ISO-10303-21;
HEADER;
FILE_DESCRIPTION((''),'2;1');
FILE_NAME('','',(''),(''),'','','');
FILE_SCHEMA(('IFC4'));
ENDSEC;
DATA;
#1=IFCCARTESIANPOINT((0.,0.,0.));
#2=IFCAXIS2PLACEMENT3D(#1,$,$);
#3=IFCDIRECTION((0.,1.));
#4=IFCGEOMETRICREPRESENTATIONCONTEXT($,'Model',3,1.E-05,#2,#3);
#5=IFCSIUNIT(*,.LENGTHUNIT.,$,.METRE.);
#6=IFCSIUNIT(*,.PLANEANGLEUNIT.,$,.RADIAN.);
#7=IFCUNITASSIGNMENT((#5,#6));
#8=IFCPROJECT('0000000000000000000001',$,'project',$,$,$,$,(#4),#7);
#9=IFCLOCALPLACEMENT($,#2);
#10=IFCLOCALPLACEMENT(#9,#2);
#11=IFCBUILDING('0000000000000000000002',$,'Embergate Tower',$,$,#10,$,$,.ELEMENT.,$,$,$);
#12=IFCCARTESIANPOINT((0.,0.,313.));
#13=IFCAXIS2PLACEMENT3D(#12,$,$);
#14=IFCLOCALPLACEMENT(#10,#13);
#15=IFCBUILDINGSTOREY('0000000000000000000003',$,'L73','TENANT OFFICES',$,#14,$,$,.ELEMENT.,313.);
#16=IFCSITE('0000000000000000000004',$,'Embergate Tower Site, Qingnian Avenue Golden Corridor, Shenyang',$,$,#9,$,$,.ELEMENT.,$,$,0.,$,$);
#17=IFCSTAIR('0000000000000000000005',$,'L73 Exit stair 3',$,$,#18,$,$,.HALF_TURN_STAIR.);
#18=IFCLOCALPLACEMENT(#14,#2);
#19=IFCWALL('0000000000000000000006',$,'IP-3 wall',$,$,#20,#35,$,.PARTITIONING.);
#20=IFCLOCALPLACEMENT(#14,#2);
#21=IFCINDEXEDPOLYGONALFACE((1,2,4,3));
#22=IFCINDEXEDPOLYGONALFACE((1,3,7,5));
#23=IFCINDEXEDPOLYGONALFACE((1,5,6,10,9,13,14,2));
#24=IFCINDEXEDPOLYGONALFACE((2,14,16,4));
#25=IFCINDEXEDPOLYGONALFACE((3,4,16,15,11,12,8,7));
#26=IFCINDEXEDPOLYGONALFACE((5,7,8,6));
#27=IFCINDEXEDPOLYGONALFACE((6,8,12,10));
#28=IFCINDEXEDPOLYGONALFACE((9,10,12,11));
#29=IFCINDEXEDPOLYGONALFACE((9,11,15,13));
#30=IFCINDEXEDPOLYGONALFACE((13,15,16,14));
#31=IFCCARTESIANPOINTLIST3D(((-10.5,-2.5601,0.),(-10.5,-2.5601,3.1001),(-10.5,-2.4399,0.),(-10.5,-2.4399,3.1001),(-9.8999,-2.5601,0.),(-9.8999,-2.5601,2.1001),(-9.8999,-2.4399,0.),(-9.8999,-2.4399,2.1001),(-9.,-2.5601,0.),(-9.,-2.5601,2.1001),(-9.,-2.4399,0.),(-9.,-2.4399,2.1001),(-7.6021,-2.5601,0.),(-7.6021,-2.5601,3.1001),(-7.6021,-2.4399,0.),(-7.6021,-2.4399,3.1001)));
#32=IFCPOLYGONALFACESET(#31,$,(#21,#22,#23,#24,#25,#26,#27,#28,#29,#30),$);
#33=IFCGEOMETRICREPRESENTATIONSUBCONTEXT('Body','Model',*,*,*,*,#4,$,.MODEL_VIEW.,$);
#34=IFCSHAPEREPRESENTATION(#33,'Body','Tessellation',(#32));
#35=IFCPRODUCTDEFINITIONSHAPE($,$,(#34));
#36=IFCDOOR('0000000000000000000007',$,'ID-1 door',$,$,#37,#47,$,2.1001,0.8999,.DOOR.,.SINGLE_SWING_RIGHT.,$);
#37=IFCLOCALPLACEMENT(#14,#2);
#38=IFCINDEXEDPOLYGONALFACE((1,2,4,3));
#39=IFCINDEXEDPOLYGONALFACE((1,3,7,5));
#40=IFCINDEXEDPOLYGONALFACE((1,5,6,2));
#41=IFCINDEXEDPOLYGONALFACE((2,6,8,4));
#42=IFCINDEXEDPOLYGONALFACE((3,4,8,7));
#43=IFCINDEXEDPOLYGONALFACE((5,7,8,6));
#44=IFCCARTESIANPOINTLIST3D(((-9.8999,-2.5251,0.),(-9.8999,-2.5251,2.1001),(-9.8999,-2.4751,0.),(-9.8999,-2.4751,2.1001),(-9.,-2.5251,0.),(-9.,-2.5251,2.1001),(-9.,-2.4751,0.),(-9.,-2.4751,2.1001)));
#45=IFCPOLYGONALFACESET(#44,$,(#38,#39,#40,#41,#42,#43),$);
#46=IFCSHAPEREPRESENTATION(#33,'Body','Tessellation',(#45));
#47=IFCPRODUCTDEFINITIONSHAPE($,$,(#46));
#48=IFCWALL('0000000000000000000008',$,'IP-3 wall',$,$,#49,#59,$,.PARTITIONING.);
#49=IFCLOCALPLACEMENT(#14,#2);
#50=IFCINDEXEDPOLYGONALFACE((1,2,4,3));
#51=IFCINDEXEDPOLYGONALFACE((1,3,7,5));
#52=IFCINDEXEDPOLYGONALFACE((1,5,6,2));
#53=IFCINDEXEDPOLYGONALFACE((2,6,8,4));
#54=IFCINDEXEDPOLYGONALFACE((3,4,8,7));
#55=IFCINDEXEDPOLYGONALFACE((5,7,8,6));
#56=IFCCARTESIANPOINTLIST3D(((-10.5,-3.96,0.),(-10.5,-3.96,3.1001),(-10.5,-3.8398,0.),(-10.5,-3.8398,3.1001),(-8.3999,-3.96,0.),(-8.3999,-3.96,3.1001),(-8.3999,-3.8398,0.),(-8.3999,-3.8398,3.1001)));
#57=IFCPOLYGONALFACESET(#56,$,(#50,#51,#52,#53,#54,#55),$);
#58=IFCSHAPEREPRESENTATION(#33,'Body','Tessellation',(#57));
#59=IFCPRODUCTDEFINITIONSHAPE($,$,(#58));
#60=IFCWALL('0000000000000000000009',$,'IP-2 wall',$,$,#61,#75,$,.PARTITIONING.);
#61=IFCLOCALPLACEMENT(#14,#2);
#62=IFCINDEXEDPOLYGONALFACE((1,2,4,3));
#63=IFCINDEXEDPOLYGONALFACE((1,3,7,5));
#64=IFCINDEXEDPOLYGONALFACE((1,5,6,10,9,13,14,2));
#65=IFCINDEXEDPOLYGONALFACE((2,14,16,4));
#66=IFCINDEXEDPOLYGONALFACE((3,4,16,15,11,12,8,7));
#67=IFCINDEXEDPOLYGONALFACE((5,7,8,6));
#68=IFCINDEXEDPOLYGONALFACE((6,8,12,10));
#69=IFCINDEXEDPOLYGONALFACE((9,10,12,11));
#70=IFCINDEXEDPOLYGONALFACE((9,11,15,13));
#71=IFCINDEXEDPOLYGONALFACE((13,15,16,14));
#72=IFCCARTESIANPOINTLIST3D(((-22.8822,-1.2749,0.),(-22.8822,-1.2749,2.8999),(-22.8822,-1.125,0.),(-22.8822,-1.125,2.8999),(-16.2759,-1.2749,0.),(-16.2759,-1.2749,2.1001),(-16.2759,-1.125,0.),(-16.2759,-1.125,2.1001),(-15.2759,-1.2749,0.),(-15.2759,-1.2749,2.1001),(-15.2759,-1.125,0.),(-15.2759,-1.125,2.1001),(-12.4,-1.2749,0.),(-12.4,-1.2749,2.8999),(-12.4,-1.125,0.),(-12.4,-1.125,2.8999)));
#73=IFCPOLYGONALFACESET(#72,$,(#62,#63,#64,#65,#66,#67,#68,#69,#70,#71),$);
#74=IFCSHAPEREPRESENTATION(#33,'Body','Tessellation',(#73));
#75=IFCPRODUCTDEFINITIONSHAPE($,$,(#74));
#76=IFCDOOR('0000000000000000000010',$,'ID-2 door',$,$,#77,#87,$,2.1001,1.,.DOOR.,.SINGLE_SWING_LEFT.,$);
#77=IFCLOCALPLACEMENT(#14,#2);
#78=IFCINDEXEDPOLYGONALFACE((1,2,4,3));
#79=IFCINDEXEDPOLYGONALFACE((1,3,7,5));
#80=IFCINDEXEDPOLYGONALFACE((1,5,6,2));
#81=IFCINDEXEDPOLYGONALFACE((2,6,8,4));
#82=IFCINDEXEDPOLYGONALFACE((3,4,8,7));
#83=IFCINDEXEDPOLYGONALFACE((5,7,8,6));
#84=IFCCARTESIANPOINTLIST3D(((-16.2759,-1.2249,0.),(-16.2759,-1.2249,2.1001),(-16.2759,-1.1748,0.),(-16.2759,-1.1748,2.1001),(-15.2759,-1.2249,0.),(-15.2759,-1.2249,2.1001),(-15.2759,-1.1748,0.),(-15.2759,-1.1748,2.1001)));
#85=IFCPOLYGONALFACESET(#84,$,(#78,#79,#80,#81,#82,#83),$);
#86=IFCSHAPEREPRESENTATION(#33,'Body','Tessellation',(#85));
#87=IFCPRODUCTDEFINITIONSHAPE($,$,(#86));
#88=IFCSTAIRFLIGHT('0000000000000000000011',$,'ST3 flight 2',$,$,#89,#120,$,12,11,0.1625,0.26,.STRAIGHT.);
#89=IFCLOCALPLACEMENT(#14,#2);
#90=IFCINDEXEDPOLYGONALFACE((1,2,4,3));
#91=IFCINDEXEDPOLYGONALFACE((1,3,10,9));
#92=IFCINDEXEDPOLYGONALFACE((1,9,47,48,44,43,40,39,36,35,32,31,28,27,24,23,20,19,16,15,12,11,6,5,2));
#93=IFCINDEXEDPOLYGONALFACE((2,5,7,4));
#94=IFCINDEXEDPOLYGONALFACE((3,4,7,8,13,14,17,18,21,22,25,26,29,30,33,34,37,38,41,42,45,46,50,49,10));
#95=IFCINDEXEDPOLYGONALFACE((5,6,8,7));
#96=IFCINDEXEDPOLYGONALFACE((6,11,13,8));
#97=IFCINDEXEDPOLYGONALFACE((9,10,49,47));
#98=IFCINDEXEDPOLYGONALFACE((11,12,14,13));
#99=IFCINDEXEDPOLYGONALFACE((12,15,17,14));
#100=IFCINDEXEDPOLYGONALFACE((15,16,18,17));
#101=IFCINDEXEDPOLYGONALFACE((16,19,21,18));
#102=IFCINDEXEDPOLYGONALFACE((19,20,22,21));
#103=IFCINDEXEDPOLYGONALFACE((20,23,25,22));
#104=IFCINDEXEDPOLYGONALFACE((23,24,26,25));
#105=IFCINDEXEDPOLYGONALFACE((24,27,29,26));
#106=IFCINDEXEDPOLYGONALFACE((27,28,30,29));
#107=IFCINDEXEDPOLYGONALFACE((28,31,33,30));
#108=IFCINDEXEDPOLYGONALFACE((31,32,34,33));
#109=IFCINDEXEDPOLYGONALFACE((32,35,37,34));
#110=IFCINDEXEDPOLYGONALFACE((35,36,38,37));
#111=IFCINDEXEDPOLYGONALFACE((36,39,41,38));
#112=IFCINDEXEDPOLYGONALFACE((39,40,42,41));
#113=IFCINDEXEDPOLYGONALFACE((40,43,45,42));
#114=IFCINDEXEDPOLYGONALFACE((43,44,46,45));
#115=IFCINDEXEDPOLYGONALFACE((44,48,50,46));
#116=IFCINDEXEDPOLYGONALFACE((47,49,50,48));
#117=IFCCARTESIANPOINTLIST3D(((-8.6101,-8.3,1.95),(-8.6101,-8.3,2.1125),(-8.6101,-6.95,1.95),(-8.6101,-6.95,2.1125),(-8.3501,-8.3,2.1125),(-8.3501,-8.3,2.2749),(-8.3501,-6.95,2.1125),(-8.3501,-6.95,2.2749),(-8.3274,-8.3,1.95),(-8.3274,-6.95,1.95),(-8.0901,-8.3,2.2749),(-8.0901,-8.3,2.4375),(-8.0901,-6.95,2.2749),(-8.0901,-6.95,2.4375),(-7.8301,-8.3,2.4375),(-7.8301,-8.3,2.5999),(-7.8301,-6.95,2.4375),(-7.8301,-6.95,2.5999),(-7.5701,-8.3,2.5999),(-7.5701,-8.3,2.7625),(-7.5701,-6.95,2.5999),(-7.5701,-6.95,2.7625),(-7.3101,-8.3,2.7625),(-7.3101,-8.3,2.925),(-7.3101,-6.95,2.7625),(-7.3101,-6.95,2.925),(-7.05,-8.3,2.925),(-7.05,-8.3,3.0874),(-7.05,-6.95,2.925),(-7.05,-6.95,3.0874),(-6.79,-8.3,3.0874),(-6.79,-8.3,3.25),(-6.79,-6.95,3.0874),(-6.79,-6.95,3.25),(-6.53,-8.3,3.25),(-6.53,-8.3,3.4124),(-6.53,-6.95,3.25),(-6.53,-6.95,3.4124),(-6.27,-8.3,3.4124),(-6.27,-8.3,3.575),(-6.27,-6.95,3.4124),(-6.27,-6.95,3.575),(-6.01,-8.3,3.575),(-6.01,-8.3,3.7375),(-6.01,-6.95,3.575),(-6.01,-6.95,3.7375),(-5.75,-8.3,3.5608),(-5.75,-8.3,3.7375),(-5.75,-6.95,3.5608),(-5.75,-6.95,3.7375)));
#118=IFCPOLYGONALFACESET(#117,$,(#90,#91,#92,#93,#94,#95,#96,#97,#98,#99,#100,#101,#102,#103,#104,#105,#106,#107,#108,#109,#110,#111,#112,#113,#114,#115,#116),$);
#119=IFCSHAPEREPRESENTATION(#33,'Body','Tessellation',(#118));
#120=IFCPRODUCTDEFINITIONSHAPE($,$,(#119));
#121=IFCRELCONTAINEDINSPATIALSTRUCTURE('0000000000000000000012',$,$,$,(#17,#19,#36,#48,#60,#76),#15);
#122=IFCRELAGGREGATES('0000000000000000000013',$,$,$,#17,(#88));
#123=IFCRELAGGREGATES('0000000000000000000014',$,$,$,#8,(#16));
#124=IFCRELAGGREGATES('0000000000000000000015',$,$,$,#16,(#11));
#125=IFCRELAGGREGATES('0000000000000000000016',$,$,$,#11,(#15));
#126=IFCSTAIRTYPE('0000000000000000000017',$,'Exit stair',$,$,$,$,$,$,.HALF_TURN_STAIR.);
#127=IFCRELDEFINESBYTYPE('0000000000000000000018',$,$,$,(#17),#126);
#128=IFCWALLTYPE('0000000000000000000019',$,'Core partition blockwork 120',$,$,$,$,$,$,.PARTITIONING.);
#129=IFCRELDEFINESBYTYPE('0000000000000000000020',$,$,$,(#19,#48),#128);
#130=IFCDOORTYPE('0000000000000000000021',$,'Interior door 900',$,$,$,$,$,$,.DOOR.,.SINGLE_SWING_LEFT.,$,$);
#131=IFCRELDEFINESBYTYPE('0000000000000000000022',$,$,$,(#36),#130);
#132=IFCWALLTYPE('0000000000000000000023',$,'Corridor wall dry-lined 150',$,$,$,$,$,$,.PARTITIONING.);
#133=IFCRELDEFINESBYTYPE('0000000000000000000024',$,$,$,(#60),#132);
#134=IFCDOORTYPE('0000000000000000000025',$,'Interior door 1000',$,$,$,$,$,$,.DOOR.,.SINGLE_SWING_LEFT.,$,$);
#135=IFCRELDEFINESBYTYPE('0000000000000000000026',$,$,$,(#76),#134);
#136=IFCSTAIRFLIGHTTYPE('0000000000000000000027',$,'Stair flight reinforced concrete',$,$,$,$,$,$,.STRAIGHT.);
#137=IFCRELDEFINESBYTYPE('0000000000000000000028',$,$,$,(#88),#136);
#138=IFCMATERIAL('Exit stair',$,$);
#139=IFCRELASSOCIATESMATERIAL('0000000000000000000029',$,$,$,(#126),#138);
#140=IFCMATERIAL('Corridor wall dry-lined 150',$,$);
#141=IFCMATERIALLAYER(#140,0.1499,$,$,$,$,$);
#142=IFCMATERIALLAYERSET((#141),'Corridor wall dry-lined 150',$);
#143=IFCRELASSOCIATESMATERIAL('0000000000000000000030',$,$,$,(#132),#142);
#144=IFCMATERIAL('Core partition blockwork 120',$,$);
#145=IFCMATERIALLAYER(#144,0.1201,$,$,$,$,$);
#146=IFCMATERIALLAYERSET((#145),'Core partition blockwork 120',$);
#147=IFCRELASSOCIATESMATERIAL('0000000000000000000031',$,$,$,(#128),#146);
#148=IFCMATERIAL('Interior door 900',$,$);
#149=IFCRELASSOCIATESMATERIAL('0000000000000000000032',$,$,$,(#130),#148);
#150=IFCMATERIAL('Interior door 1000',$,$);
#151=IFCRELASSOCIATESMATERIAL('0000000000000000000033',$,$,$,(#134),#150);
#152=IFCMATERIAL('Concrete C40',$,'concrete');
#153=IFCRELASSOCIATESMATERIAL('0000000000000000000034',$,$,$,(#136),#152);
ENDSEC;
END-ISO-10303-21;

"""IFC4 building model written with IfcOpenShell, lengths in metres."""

from ifc_helpers import new_model, si_unit, direction, frame, frame_2d, origin, place, context, subcontext, project, spatial, polyline, rectangle, outline, extrude, source, transform, mapped, material, layer, layer_set, type_object, element, fill, aggregate, save


model = new_model("IFC4")

# Units and contexts
model_context = context("Model", 3, precision=1e-05, world=origin(), true_north=direction((0.0, 1.0)))
body_context = subcontext(model_context, "Body", "Model", "MODEL_VIEW")
ifc_project = project(units=[si_unit("LENGTHUNIT", "METRE"), si_unit("PLANEANGLEUNIT", "RADIAN")], contexts=[model_context])

# Site, building, storey
site_placement = place(None, origin())
site = spatial("IfcSite", under=ifc_project, at=site_placement, Name="Embergate Tower Site, Qingnian Avenue Golden Corridor, Shenyang", CompositionType="ELEMENT", RefElevation=0.0)
building_placement = place(site_placement, origin())
building = spatial("IfcBuilding", under=site, at=building_placement, Name="Embergate Tower", CompositionType="ELEMENT")
storey_placement = place(building_placement, frame((0.0, 0.0, 313.0)))
storey = spatial("IfcBuildingStorey", under=building, at=storey_placement, Name="L73", Description="TENANT OFFICES", CompositionType="ELEMENT", Elevation=313.0)

# Stair
ifc_material_1 = material(Name="Exit stair")
stair_type = type_object("IfcStairType", Name="Exit stair", PredefinedType="HALF_TURN_STAIR", material=ifc_material_1)
stair_placement = place(storey_placement, origin())
stair = element("IfcStair", 1, at=stair_placement, inside=storey, type_object=stair_type, Name="L73 Exit stair 3", PredefinedType="HALF_TURN_STAIR")
ifc_material_2 = material(Name="Concrete C40", Category="concrete")

# Shared definitions
ifc_material_3 = material(Name="Corridor wall dry-lined 150")
ifc_layer_1 = layer(ifc_material_3, 0.1499)
ifc_layer_set_1 = layer_set([ifc_layer_1], Name="Corridor wall dry-lined 150")
wall_type_1 = type_object("IfcWallType", Name="Corridor wall dry-lined 150", PredefinedType="PARTITIONING", material=ifc_layer_set_1)

# Wall, opening, door
ifc_material_4 = material(Name="Core partition blockwork 120")
ifc_layer_2 = layer(ifc_material_4, 0.1201)
ifc_layer_set_2 = layer_set([ifc_layer_2], Name="Core partition blockwork 120")
wall_type_2 = type_object("IfcWallType", Name="Core partition blockwork 120", PredefinedType="PARTITIONING", material=ifc_layer_set_2)
shared_shape_1 = source(origin(), body_context, "Body", "SweptSolid", [
    extrude(rectangle(XDim=2.8979, YDim=0.1201, at=frame_2d((1.449, 0.0))), origin(), (0.0, 0.0, 1.0), 3.1001),
])
wall_1_placement = place(storey_placement, frame((-10.5, -2.5, 0.0), z_axis=(0.0, 0.0, 1.0), x_axis=(1.0, 0.0, 0.0)))
wall_1 = element("IfcWall", 2, at=wall_1_placement, inside=storey, type_object=wall_type_2, Name="IP-3 wall", PredefinedType="PARTITIONING", context=body_context, shape_type="MappedRepresentation", body=[
    mapped(shared_shape_1, transform((0.0, 0.0, 0.0))),
])
shared_shape_2 = source(origin(), body_context, "Body", "SweptSolid", [
    extrude(rectangle(XDim=0.8999, YDim=2.1001, at=frame_2d((0.45, 1.05))), frame((0.0, 0.0701, 0.0), z_axis=(0.0, -1.0, 0.0), x_axis=(1.0, 0.0, 0.0)), (0.0, 0.0, 1.0), 0.1401),
])
opening_1_placement = place(wall_1_placement, frame((0.6001, 0.0, 0.0)))
opening_1 = element("IfcOpeningElement", 3, at=opening_1_placement, cuts=wall_1, PredefinedType="OPENING", context=body_context, shape_type="MappedRepresentation", body=[
    mapped(shared_shape_2, transform((0.0, 0.0, 0.0))),
])
ifc_material_5 = material(Name="Interior door 900")
door_type_1 = type_object("IfcDoorType", Name="Interior door 900", OperationType="SINGLE_SWING_LEFT", PredefinedType="DOOR", material=ifc_material_5)
shared_shape_3 = source(origin(), body_context, "Body", "SweptSolid", [
    extrude(rectangle(XDim=0.8999, YDim=2.1001, at=frame_2d((0.45, 1.05))), frame((0.0, 0.0249, 0.0), z_axis=(0.0, -1.0, 0.0), x_axis=(1.0, 0.0, 0.0)), (0.0, 0.0, 1.0), 0.05),
])
door_1_placement = place(opening_1_placement, origin())
door_1 = element("IfcDoor", 4, at=door_1_placement, inside=storey, type_object=door_type_1, Name="ID-1 door", OperationType="SINGLE_SWING_RIGHT", OverallHeight=2.1001, OverallWidth=0.8999, PredefinedType="DOOR", context=body_context, shape_type="MappedRepresentation", body=[
    mapped(shared_shape_3, transform((0.0, 0.0, 0.0))),
])
fill(opening_1, door_1)

# Wall
shared_shape_4 = source(origin(), body_context, "Body", "SweptSolid", [
    extrude(rectangle(XDim=2.1001, YDim=0.1201, at=frame_2d((1.05, 0.0))), origin(), (0.0, 0.0, 1.0), 3.1001),
])
wall_2_placement = place(storey_placement, frame((-10.5, -3.8999, 0.0), z_axis=(0.0, 0.0, 1.0), x_axis=(1.0, 0.0, 0.0)))
element("IfcWall", 5, at=wall_2_placement, inside=storey, type_object=wall_type_2, Name="IP-3 wall", PredefinedType="PARTITIONING", context=body_context, shape_type="MappedRepresentation", body=[
    mapped(shared_shape_4, transform((0.0, 0.0, 0.0))),
])

# Wall, opening, door
shared_shape_5 = source(origin(), body_context, "Body", "SweptSolid", [
    extrude(rectangle(XDim=10.4822, YDim=0.1499, at=frame_2d((5.2412, 0.0))), origin(), (0.0, 0.0, 1.0), 2.8999),
])
wall_3_placement = place(storey_placement, frame((-12.3999, -1.2, 0.0), z_axis=(0.0, 0.0, 1.0), x_axis=(-1.0, 0.0, 0.0)))
wall_3 = element("IfcWall", 6, at=wall_3_placement, inside=storey, type_object=wall_type_1, Name="IP-2 wall", PredefinedType="PARTITIONING", context=body_context, shape_type="MappedRepresentation", body=[
    mapped(shared_shape_5, transform((0.0, 0.0, 0.0))),
])
shared_shape_6 = source(origin(), body_context, "Body", "SweptSolid", [
    extrude(rectangle(XDim=1.0, YDim=2.1001, at=frame_2d((0.5, 1.05))), frame((0.0, 0.085, 0.0), z_axis=(0.0, -1.0, 0.0), x_axis=(1.0, 0.0, 0.0)), (0.0, 0.0, 1.0), 0.1699),
])
opening_2_placement = place(wall_3_placement, frame((2.876, 0.0, 0.0)))
opening_2 = element("IfcOpeningElement", 7, at=opening_2_placement, cuts=wall_3, PredefinedType="OPENING", context=body_context, shape_type="MappedRepresentation", body=[
    mapped(shared_shape_6, transform((0.0, 0.0, 0.0))),
])
ifc_material_6 = material(Name="Interior door 1000")
door_type_2 = type_object("IfcDoorType", Name="Interior door 1000", OperationType="SINGLE_SWING_LEFT", PredefinedType="DOOR", material=ifc_material_6)
shared_shape_7 = source(origin(), body_context, "Body", "SweptSolid", [
    extrude(rectangle(XDim=1.0, YDim=2.1001, at=frame_2d((0.5, 1.05))), frame((0.0, 0.0249, 0.0), z_axis=(0.0, -1.0, 0.0), x_axis=(1.0, 0.0, 0.0)), (0.0, 0.0, 1.0), 0.05),
])
door_2_placement = place(opening_2_placement, origin())
door_2 = element("IfcDoor", 8, at=door_2_placement, inside=storey, type_object=door_type_2, Name="ID-2 door", OperationType="SINGLE_SWING_LEFT", OverallHeight=2.1001, OverallWidth=1.0, PredefinedType="DOOR", context=body_context, shape_type="MappedRepresentation", body=[
    mapped(shared_shape_7, transform((0.0, 0.0, 0.0))),
])
fill(opening_2, door_2)

# Stair flight
stair_flight_type = type_object("IfcStairFlightType", Name="Stair flight reinforced concrete", PredefinedType="STRAIGHT", material=ifc_material_2)
shared_shape_8 = source(origin(), body_context, "Body", "SweptSolid", [
    extrude(outline(polyline([(0.0, 0.0), (0.0, 0.1626), (0.26, 0.1626), (0.26, 0.325), (0.52, 0.325), (0.52, 0.4875), (0.78, 0.4875), (0.78, 0.6499), (1.04, 0.6499), (1.04, 0.8125), (1.3, 0.8125), (1.3, 0.9751), (1.5601, 0.9751), (1.5601, 1.1375), (1.8201, 1.1375), (1.8201, 1.3), (2.0801, 1.3), (2.0801, 1.4624), (2.3401, 1.4624), (2.3401, 1.625), (2.6001, 1.625), (2.6001, 1.7876), (2.8601, 1.7876), (2.8601, 1.95), (2.8601, 1.6108), (0.2827, 0.0), (0.0, 0.0)])), frame((0.0, 0.675, 0.0), z_axis=(0.0, -1.0, 0.0), x_axis=(1.0, 0.0, 0.0)), (0.0, 0.0, 1.0), 1.3501),
])
stair_flight_placement = place(storey_placement, frame((-8.6101, -7.625, 1.95), z_axis=(0.0, 0.0, 1.0), x_axis=(1.0, 0.0, 0.0)))
stair_flight = element("IfcStairFlight", 9, at=stair_flight_placement, type_object=stair_flight_type, Name="ST3 flight 2", NumberOfRisers=12, NumberOfTreads=11, PredefinedType="STRAIGHT", RiserHeight=0.1625, TreadLength=0.26, context=body_context, shape_type="MappedRepresentation", body=[
    mapped(shared_shape_8, transform((0.0, 0.0, 0.0))),
])
aggregate(stair, [stair_flight])

save(model, "model.ifc")
